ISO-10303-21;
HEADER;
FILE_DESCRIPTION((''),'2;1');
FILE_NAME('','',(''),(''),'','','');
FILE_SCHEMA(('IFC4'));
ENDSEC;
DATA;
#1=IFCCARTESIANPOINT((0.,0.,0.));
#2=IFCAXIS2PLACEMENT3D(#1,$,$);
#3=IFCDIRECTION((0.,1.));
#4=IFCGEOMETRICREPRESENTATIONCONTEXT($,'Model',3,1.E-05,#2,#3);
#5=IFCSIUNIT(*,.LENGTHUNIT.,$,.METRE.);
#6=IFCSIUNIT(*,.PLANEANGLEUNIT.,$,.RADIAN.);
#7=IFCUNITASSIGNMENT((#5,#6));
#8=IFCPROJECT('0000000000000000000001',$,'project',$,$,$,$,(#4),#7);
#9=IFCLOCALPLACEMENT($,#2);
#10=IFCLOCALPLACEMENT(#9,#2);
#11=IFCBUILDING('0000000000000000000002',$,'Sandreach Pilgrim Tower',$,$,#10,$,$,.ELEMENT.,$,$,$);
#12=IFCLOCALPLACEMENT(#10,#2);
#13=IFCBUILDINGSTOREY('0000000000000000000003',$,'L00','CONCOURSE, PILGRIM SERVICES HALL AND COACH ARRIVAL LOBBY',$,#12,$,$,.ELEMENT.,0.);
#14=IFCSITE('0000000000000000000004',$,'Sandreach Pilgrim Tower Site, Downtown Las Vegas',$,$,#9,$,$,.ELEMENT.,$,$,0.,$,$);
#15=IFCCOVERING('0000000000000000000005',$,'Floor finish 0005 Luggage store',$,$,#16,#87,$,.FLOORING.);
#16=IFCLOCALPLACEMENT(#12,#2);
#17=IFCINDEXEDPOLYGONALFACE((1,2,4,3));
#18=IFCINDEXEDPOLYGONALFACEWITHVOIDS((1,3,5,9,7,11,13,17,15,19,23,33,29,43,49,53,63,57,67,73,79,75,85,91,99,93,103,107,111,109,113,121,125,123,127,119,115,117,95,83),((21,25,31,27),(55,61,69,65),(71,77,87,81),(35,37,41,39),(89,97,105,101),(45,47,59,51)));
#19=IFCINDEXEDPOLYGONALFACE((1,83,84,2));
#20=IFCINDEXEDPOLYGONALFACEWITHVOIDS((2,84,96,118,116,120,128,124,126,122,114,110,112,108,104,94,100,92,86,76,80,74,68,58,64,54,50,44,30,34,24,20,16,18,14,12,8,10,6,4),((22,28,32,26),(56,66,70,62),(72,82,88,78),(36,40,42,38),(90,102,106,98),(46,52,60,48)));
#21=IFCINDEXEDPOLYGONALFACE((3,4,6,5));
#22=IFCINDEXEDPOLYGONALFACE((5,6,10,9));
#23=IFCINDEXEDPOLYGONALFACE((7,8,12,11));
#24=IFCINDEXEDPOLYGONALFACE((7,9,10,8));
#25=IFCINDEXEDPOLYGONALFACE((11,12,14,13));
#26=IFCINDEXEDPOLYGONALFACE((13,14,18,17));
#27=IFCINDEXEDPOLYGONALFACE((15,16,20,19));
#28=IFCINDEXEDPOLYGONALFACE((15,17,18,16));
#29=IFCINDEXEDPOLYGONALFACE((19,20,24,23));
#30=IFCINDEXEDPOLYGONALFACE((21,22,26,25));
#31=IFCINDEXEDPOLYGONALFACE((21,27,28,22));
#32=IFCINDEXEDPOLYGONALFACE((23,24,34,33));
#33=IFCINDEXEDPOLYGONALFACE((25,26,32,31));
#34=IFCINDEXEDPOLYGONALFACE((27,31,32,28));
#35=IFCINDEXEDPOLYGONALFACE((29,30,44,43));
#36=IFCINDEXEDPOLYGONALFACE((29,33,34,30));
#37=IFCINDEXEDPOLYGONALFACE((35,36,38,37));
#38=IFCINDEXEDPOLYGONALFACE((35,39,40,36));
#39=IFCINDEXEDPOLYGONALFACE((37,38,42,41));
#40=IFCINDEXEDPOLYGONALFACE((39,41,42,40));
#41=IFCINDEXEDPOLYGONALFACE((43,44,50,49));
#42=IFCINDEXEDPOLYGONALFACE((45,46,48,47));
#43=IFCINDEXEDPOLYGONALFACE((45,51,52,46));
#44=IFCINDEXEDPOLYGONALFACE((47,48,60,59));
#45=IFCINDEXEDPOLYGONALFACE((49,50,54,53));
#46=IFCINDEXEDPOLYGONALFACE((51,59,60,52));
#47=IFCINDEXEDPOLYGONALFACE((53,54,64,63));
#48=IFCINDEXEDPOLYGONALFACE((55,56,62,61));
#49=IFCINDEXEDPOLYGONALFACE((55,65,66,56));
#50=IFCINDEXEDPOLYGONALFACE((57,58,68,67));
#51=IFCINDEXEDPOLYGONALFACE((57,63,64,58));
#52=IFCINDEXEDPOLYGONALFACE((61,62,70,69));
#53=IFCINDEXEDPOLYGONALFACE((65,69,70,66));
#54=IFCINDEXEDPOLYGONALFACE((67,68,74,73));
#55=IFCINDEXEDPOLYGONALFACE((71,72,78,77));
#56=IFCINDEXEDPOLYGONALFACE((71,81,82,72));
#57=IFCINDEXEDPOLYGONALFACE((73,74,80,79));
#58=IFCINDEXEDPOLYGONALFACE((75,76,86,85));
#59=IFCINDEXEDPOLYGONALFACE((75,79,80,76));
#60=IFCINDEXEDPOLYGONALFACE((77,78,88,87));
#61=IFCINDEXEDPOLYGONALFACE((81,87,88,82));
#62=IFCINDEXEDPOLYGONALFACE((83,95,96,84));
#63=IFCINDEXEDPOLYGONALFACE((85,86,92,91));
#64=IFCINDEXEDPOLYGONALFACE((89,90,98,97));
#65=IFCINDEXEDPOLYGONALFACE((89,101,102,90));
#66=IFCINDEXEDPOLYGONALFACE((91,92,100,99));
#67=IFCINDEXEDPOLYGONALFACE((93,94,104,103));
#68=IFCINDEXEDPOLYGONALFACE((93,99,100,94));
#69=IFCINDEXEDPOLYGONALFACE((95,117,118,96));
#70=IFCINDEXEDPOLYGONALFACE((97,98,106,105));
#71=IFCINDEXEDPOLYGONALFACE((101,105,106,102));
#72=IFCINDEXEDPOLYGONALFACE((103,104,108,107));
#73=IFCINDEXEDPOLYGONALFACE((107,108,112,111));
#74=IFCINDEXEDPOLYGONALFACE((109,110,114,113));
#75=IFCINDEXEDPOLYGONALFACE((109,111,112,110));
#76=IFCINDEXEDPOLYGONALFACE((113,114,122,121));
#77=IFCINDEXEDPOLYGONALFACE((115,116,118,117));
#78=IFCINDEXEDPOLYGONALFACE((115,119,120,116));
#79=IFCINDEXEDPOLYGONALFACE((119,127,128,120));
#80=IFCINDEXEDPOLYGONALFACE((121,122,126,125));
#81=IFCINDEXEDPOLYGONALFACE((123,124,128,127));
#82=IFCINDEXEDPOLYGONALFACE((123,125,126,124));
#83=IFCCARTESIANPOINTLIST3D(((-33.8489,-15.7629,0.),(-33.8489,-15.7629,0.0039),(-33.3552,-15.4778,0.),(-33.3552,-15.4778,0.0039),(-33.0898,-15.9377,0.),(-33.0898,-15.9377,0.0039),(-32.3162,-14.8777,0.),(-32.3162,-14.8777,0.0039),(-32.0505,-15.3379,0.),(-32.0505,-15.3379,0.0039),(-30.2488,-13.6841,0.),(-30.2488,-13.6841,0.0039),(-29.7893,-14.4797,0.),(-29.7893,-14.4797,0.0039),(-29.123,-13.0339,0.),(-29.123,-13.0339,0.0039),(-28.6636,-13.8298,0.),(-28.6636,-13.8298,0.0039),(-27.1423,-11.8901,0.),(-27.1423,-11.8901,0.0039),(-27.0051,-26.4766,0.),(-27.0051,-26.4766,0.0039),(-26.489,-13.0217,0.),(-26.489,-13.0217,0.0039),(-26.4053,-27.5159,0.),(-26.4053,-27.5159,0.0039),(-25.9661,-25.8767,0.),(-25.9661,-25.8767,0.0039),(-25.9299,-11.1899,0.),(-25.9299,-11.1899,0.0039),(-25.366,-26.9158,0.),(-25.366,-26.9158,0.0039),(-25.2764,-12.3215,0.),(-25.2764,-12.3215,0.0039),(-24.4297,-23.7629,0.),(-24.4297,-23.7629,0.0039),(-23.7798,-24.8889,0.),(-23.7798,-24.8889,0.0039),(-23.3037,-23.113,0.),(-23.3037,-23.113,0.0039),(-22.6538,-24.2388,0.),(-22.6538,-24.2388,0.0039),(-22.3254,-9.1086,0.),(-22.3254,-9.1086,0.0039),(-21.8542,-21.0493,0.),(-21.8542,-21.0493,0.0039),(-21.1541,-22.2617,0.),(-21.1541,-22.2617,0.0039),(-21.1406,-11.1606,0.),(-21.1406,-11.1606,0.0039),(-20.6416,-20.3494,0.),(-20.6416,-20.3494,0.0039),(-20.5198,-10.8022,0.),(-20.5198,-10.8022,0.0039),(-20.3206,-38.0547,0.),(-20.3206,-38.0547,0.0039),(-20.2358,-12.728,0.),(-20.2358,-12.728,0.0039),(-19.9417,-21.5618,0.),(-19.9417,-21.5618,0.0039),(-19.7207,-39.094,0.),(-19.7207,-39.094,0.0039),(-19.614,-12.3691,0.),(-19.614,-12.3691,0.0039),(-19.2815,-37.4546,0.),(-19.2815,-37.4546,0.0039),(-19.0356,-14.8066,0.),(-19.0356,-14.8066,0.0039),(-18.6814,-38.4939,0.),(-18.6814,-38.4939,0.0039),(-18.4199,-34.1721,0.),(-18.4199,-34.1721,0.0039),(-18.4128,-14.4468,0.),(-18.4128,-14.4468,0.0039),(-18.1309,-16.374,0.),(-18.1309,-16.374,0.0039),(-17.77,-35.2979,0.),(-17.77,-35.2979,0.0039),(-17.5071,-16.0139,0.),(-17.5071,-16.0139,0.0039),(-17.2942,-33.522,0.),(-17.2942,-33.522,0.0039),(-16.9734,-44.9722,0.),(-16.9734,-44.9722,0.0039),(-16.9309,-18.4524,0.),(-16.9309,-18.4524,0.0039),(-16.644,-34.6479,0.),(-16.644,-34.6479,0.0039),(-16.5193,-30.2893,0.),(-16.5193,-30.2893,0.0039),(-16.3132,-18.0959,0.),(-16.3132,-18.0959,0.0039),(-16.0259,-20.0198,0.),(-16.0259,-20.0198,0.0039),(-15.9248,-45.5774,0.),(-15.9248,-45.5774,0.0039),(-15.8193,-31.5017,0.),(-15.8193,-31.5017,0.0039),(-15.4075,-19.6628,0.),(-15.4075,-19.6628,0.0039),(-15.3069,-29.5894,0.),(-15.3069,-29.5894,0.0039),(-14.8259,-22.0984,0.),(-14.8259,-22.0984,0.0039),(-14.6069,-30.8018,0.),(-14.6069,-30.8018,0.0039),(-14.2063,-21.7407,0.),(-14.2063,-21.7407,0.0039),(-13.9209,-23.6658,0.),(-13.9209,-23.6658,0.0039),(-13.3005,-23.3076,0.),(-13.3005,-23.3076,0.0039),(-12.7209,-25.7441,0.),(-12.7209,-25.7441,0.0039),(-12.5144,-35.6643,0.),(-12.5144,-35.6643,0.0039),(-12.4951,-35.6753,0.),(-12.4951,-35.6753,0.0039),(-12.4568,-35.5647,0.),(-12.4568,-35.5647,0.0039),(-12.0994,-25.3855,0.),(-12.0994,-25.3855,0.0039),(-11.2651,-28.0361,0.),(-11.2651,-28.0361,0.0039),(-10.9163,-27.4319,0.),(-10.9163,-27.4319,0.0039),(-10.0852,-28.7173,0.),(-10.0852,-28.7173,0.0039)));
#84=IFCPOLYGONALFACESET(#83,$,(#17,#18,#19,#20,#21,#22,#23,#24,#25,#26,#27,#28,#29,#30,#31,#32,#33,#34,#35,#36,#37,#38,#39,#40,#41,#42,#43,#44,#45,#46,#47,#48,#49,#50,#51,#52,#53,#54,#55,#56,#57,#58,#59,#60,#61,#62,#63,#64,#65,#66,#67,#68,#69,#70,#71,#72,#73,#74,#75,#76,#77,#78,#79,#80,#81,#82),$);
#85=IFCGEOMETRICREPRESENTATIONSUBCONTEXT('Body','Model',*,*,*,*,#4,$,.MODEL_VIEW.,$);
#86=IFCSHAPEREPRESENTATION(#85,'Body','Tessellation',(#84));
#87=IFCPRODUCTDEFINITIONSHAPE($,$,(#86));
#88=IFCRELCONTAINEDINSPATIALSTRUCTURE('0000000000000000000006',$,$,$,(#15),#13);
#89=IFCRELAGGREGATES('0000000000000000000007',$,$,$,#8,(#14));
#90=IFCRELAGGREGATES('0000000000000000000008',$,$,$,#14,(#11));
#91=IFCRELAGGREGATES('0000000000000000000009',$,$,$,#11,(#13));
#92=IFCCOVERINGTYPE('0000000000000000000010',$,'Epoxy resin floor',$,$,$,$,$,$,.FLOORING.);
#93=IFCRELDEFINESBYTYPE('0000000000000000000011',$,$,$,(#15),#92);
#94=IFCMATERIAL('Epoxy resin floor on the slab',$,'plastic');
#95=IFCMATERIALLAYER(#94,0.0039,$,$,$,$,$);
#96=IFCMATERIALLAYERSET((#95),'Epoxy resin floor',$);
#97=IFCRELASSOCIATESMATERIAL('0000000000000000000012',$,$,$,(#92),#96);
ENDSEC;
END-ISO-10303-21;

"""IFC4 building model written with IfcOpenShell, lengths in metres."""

from ifc_helpers import new_model, si_unit, direction, origin, place, context, subcontext, project, spatial, polyline, outline, extrude, material, layer, layer_set, type_object, element, save


model = new_model("IFC4")

# Units and contexts
model_context = context("Model", 3, precision=1e-05, world=origin(), true_north=direction((0.0, 1.0)))
body_context = subcontext(model_context, "Body", "Model", "MODEL_VIEW")
ifc_project = project(units=[si_unit("LENGTHUNIT", "METRE"), si_unit("PLANEANGLEUNIT", "RADIAN")], contexts=[model_context])

# Site, building, storey
site_placement = place(None, origin())
site = spatial("IfcSite", under=ifc_project, at=site_placement, Name="Sandreach Pilgrim Tower Site, Downtown Las Vegas", CompositionType="ELEMENT", RefElevation=0.0)
building_placement = place(site_placement, origin())
building = spatial("IfcBuilding", under=site, at=building_placement, Name="Sandreach Pilgrim Tower", CompositionType="ELEMENT")
storey_placement = place(building_placement, origin())
storey = spatial("IfcBuildingStorey", under=building, at=storey_placement, Name="L00", Description="CONCOURSE, PILGRIM SERVICES HALL AND COACH ARRIVAL LOBBY", CompositionType="ELEMENT", Elevation=0.0)

# Covering
ifc_material_1 = material(Name="Epoxy resin floor on the slab", Category="plastic")
ifc_layer_1 = layer(ifc_material_1, 0.0039)
ifc_layer_set_1 = layer_set([ifc_layer_1], Name="Epoxy resin floor")
covering_type_1 = type_object("IfcCoveringType", Name="Epoxy resin floor", PredefinedType="FLOORING", material=ifc_layer_set_1)
covering_1_placement = place(storey_placement, origin())
element("IfcCovering", 1, at=covering_1_placement, inside=storey, type_object=covering_type_1, Name="Floor finish 0005 Luggage store", PredefinedType="FLOORING", context=body_context, shape_type="SweptSolid", body=[
    extrude(outline(polyline([(-33.8489, -15.7629), (-33.3552, -15.4778), (-33.0898, -15.9377), (-32.0505, -15.3379), (-32.3162, -14.8777), (-30.2488, -13.6841), (-29.7893, -14.4797), (-28.6636, -13.8298), (-29.123, -13.0339), (-27.1423, -11.8901), (-26.489, -13.0217), (-25.2764, -12.3215), (-25.9299, -11.1899), (-22.3254, -9.1086), (-21.1406, -11.1606), (-20.5198, -10.8022), (-19.614, -12.3691), (-20.2358, -12.728), (-19.0356, -14.8066), (-18.4128, -14.4468), (-17.5071, -16.0139), (-18.1309, -16.374), (-16.9309, -18.4524), (-16.3132, -18.0959), (-15.4075, -19.6628), (-16.0259, -20.0198), (-14.8259, -22.0984), (-14.2063, -21.7407), (-13.3005, -23.3076), (-13.9209, -23.6658), (-12.7209, -25.7441), (-12.0994, -25.3855), (-10.9163, -27.4319), (-11.2651, -28.0361), (-10.0852, -28.7173), (-12.4568, -35.5647), (-12.5144, -35.6643), (-12.4951, -35.6753), (-15.9248, -45.5774), (-16.9734, -44.9722), (-33.8489, -15.7629)]), holes=[polyline([(-15.8193, -31.5017), (-14.6069, -30.8018), (-15.3069, -29.5894), (-16.5193, -30.2893), (-15.8193, -31.5017)]), polyline([(-17.77, -35.2979), (-16.644, -34.6479), (-17.2942, -33.522), (-18.4199, -34.1721), (-17.77, -35.2979)]), polyline([(-20.3206, -38.0547), (-19.7207, -39.094), (-18.6814, -38.4939), (-19.2815, -37.4546), (-20.3206, -38.0547)]), polyline([(-21.8542, -21.0493), (-21.1541, -22.2617), (-19.9417, -21.5618), (-20.6416, -20.3494), (-21.8542, -21.0493)]), polyline([(-23.7798, -24.8889), (-22.6538, -24.2388), (-23.3037, -23.113), (-24.4297, -23.7629), (-23.7798, -24.8889)]), polyline([(-26.4053, -27.5159), (-25.366, -26.9158), (-25.9661, -25.8767), (-27.0051, -26.4766), (-26.4053, -27.5159)])]), origin(), (0.0, 0.0, 1.0), 0.0039),
])

save(model, "model.ifc")
